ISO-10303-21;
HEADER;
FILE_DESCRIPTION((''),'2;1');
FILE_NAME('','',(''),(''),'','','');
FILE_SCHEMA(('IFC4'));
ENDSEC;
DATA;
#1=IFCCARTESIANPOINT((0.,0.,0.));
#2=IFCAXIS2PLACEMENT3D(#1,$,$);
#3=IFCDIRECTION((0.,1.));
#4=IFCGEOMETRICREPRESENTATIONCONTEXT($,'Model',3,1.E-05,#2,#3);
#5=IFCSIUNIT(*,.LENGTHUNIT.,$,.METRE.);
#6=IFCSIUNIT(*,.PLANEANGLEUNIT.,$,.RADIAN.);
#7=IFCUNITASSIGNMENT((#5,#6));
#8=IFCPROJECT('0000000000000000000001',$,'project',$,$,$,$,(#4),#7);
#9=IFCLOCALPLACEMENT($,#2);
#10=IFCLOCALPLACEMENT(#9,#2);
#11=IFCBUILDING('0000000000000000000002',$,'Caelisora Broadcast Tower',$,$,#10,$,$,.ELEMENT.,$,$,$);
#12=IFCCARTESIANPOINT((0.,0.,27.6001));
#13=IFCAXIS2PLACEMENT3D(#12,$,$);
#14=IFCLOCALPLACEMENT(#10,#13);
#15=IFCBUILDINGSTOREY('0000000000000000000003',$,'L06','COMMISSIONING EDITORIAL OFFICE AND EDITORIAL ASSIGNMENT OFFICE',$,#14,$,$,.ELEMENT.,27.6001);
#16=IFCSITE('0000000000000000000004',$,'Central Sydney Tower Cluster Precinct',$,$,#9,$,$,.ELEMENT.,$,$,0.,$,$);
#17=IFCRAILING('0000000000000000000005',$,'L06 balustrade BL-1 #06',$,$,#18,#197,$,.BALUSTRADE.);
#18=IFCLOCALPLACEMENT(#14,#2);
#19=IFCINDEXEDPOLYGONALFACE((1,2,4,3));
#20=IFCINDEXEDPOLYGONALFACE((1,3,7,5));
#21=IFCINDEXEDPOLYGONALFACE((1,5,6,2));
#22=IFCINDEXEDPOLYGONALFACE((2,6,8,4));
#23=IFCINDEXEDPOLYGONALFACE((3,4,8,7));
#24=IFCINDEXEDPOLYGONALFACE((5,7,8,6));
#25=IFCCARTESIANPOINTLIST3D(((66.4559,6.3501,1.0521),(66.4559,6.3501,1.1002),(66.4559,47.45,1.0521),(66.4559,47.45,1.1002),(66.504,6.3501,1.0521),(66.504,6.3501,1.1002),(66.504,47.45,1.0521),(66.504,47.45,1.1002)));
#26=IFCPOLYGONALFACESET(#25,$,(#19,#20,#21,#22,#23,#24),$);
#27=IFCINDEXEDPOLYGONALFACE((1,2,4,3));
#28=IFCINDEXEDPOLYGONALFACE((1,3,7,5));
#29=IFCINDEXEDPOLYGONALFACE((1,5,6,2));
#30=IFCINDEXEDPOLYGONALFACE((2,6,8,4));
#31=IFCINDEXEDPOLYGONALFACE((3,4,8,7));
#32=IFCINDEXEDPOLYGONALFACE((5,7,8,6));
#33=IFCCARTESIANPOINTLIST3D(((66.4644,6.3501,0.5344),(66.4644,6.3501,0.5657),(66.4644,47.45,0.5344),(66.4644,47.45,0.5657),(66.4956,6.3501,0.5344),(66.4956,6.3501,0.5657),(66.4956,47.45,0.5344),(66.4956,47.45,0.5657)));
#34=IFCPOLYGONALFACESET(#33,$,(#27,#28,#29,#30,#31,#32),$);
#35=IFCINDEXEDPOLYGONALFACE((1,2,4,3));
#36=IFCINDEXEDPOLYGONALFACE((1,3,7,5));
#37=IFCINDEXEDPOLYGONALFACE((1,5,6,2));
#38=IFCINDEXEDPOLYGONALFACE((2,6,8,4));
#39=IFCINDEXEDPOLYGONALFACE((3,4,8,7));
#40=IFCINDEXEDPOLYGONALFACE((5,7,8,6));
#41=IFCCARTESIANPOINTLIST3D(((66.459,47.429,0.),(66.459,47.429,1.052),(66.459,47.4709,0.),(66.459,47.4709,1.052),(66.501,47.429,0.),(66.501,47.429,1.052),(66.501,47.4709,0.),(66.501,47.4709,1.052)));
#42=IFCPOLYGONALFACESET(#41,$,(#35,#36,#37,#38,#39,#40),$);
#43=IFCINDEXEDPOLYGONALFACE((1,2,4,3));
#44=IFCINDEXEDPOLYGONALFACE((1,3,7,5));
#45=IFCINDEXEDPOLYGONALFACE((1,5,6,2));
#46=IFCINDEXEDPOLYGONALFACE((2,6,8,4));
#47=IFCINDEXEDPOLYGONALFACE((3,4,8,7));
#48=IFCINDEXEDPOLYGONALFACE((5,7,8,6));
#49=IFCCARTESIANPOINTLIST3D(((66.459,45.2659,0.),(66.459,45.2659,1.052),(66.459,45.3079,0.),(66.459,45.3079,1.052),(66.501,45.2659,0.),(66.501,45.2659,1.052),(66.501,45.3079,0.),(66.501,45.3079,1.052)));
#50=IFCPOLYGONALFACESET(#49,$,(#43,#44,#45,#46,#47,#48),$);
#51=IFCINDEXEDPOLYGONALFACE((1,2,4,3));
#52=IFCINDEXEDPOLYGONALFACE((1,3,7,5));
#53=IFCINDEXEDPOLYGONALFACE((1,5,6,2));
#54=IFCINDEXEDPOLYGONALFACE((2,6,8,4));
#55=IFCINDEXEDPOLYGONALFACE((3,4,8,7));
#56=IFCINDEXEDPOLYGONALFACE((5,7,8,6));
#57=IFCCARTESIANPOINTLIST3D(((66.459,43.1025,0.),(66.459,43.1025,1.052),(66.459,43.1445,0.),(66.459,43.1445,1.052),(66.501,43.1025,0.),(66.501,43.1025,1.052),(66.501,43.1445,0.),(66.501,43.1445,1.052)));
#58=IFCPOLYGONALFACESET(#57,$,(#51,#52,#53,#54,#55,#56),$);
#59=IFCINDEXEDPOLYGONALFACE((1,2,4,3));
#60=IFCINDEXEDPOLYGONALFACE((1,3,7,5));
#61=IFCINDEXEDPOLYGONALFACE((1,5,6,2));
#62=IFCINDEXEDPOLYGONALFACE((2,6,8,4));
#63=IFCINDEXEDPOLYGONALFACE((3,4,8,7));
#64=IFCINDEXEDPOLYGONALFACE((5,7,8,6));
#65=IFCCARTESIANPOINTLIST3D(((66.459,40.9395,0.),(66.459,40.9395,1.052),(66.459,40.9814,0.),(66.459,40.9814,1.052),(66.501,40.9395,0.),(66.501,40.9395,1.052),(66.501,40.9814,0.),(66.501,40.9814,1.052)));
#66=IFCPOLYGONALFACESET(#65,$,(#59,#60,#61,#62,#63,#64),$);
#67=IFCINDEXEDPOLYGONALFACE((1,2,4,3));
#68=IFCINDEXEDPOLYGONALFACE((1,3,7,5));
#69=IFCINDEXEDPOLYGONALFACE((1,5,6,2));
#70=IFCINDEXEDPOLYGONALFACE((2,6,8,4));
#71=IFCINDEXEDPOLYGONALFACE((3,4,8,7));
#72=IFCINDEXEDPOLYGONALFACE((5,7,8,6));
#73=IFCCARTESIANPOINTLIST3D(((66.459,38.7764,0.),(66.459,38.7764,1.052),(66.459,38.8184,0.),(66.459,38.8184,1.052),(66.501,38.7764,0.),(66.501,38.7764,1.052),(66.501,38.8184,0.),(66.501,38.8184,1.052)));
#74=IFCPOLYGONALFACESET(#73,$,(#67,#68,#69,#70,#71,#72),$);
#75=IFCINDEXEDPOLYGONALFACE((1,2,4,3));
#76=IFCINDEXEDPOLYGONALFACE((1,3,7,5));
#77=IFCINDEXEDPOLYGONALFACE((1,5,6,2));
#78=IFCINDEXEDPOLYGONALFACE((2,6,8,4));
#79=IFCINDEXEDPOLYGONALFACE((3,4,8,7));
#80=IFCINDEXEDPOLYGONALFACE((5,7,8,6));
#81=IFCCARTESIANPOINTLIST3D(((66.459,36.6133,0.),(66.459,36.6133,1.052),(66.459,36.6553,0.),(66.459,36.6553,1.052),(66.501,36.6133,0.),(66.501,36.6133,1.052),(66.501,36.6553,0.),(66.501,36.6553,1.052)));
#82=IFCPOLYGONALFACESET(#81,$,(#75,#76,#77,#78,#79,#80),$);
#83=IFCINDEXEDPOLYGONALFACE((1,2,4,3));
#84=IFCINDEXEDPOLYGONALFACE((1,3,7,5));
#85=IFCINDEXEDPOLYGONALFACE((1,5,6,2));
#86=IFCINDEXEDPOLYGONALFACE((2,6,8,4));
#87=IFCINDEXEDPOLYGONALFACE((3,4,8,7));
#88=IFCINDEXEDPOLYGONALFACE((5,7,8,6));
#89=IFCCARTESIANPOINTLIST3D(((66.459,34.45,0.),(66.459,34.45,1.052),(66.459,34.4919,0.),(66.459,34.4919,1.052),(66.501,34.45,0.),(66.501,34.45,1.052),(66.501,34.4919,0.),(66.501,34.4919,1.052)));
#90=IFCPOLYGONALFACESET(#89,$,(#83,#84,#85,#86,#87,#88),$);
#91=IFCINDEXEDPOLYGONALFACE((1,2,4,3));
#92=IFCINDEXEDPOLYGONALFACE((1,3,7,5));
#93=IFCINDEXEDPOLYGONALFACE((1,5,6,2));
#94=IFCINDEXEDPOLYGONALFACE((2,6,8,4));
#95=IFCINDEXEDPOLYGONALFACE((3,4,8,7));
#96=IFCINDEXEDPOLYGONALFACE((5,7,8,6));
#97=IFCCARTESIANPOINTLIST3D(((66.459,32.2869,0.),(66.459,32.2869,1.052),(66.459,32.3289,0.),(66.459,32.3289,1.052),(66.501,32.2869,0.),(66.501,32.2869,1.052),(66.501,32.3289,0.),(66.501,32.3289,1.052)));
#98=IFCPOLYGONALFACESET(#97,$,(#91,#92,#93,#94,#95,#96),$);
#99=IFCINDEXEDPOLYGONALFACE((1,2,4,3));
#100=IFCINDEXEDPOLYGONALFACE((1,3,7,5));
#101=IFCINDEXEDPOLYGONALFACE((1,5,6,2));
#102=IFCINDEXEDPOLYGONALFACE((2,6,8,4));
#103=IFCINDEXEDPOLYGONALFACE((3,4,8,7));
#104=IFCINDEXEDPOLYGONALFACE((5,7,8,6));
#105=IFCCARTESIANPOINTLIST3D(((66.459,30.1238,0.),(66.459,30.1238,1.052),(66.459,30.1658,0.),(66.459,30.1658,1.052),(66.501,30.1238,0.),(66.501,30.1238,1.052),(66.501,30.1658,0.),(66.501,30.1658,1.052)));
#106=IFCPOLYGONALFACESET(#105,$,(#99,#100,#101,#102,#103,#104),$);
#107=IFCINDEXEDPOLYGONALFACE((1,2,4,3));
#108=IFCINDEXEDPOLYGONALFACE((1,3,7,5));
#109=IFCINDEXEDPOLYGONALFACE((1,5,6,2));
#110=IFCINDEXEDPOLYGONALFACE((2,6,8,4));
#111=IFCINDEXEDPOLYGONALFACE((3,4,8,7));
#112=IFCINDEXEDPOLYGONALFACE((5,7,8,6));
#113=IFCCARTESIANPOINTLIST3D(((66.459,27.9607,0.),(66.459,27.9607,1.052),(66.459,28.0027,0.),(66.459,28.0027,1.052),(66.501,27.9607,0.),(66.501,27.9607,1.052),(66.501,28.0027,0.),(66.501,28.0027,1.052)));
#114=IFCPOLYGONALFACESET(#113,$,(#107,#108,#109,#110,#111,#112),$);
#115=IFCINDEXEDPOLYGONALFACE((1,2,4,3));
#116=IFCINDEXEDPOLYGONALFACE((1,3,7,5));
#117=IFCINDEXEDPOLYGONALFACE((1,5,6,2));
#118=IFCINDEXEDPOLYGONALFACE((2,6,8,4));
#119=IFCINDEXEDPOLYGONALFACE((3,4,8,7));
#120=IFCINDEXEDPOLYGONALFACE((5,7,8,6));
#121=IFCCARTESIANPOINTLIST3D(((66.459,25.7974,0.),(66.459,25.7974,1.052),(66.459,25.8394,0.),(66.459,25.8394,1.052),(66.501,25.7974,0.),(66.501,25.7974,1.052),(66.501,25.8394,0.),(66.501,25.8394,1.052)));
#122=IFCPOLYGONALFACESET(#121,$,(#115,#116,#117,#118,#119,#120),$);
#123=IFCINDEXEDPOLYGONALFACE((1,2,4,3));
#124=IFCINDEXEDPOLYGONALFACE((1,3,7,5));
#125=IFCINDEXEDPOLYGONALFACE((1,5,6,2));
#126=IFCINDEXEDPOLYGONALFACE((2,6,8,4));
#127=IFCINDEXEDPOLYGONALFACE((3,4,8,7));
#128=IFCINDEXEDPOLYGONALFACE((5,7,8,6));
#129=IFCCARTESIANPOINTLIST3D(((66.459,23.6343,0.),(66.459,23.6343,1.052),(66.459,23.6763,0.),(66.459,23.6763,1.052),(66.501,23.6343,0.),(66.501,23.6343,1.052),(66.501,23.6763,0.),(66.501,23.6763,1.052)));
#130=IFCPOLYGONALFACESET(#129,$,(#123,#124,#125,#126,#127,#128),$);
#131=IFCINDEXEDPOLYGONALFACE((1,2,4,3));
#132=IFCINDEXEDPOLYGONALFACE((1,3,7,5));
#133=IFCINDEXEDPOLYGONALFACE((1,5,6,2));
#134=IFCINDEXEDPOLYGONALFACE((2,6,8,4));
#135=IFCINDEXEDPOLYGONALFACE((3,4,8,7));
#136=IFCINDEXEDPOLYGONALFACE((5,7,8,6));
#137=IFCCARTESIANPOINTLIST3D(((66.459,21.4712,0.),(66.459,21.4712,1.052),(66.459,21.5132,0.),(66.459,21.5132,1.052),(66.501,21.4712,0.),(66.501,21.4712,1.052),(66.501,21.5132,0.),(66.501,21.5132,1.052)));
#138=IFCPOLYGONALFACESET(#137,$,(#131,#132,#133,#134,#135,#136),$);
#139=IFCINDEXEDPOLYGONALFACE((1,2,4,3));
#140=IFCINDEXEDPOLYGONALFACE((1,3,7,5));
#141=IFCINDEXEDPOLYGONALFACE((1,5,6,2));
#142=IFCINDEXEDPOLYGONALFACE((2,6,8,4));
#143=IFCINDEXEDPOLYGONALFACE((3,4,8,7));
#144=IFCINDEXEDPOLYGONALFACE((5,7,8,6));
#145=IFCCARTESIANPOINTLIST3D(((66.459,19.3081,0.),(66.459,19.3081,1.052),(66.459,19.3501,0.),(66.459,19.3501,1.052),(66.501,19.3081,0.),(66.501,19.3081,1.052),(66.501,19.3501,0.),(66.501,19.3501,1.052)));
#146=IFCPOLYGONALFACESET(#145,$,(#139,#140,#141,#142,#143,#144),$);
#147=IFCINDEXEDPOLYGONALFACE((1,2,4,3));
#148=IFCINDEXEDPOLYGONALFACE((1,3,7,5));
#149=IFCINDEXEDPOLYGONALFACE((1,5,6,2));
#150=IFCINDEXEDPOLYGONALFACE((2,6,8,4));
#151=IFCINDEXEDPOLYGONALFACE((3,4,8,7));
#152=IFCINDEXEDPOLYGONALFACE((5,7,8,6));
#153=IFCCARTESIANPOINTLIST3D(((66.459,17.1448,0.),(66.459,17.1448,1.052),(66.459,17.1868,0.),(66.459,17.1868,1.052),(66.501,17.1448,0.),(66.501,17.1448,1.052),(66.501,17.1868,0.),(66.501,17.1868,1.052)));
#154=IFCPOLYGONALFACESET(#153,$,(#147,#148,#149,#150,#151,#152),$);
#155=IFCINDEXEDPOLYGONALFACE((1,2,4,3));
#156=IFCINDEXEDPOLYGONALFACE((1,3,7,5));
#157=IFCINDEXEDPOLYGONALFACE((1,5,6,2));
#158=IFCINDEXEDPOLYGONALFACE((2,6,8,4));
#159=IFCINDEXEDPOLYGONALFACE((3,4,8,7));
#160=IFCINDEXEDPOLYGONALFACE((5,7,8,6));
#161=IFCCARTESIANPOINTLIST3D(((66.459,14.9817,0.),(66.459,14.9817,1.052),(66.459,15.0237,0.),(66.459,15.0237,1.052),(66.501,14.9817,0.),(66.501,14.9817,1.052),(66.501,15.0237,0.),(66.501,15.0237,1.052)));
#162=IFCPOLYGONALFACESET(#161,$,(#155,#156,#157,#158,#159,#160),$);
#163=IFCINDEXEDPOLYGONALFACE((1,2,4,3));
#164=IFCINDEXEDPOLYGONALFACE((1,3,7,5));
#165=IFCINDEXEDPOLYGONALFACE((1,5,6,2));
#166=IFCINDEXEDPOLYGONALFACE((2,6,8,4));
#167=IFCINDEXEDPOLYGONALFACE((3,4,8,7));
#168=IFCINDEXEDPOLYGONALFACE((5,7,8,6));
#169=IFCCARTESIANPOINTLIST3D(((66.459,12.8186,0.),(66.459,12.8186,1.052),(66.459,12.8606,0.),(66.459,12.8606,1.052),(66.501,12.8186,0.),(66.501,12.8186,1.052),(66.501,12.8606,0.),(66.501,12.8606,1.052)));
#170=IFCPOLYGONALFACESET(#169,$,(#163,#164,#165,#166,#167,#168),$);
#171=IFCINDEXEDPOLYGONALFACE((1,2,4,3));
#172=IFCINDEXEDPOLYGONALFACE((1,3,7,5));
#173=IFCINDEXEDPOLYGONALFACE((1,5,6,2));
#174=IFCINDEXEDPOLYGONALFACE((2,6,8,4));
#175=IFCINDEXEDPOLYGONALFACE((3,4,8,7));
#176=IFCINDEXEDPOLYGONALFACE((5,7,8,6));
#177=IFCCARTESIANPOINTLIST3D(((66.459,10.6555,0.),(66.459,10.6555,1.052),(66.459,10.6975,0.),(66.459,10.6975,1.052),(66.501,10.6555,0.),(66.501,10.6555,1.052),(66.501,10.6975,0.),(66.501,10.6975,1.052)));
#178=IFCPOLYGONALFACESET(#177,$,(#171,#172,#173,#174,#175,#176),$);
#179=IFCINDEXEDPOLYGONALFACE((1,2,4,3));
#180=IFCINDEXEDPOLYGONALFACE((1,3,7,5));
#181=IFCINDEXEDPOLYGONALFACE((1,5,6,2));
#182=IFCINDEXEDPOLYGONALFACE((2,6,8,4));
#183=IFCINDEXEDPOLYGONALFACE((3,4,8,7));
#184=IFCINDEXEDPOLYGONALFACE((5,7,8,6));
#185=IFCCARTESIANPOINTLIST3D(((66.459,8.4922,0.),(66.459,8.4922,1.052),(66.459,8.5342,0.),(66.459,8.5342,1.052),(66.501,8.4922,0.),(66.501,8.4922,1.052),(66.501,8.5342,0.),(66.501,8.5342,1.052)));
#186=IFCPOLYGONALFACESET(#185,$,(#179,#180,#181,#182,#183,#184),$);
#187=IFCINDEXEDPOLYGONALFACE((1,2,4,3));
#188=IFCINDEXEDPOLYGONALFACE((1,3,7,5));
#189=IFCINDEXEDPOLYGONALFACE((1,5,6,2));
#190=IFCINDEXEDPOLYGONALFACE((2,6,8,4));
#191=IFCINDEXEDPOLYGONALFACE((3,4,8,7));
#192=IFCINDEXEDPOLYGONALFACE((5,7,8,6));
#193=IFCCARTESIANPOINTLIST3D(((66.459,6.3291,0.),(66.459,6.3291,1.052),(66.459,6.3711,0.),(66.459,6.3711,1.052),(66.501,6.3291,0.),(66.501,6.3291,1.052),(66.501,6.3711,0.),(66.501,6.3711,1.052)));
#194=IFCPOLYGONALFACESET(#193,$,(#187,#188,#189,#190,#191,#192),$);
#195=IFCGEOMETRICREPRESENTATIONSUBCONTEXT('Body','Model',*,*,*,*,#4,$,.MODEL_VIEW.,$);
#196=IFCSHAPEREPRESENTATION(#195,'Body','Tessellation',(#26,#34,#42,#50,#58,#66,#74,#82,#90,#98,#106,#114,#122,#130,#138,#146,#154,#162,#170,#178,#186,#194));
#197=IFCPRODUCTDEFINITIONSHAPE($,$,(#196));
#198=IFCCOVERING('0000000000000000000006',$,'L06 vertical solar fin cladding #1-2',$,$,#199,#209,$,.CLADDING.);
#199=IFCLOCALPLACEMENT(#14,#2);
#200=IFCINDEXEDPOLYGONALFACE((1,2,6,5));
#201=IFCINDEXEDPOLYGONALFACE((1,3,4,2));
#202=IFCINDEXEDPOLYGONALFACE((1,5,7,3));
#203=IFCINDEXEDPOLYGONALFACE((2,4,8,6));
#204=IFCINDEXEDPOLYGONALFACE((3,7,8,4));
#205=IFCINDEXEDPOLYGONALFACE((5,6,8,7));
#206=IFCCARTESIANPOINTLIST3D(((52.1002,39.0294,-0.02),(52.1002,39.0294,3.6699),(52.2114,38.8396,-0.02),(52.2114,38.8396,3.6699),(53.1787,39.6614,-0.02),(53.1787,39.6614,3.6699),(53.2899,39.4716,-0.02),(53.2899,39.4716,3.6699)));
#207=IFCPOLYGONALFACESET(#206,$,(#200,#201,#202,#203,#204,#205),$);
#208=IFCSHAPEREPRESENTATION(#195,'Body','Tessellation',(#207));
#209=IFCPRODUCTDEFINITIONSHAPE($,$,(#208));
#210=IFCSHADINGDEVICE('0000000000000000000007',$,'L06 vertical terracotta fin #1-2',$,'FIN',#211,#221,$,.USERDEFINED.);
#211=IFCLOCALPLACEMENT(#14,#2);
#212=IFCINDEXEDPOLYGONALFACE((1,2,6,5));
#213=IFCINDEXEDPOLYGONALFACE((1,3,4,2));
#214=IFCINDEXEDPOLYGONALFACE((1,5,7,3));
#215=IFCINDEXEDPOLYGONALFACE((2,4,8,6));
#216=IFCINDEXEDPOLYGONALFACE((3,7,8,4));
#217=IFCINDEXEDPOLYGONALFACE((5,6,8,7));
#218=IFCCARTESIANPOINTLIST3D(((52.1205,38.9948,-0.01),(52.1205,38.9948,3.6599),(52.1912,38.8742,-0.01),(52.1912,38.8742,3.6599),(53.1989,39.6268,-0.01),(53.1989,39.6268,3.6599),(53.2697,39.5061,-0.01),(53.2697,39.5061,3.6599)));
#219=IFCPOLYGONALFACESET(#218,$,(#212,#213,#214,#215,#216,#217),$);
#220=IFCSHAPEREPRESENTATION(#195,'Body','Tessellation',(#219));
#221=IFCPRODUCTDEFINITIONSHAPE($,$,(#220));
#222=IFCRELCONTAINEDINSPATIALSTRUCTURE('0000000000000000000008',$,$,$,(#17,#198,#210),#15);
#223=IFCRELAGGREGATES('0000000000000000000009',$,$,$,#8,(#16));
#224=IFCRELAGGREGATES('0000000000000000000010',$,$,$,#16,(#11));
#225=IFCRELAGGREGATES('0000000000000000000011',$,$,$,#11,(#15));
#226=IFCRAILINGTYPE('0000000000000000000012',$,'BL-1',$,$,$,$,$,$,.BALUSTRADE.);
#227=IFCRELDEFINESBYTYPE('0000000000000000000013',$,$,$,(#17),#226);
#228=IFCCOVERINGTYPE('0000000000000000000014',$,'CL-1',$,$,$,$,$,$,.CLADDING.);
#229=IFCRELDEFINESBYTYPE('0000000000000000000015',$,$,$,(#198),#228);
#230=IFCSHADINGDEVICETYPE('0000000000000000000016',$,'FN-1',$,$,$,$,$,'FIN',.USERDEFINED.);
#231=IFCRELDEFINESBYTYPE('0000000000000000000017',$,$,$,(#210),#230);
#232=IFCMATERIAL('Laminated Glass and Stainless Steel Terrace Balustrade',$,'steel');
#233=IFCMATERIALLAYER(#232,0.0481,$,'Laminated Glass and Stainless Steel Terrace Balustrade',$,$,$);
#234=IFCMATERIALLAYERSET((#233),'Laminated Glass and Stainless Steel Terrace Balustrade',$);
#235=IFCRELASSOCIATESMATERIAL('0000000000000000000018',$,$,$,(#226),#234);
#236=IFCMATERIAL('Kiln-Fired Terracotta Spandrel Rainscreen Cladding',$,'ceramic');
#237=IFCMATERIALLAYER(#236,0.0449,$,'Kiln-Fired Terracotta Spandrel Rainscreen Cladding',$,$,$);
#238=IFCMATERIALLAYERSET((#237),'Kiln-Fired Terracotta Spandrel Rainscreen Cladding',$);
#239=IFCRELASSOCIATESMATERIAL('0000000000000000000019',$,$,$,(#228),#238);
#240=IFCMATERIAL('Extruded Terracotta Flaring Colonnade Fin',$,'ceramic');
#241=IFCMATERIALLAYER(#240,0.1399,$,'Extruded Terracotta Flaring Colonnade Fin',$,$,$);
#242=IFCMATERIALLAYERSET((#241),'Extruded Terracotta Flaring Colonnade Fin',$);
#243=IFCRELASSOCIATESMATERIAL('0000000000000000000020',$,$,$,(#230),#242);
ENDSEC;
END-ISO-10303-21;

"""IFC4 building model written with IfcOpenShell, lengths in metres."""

from ifc_helpers import new_model, si_unit, direction, frame, origin, origin_2d, place, context, subcontext, project, spatial, rectangle, extrude, source, transform, mapped, material, layer, layer_set, type_object, type_shapes, element, save


model = new_model("IFC4")

# Units and contexts
model_context = context("Model", 3, precision=1e-05, world=origin(), true_north=direction((0.0, 1.0)))
body_context = subcontext(model_context, "Body", "Model", "MODEL_VIEW")
ifc_project = project(units=[si_unit("LENGTHUNIT", "METRE"), si_unit("PLANEANGLEUNIT", "RADIAN")], contexts=[model_context])

# Site, building, storey
site_placement = place(None, origin())
site = spatial("IfcSite", under=ifc_project, at=site_placement, Name="Central Sydney Tower Cluster Precinct", CompositionType="ELEMENT", RefElevation=0.0)
building_placement = place(site_placement, origin())
building = spatial("IfcBuilding", under=site, at=building_placement, Name="Caelisora Broadcast Tower", CompositionType="ELEMENT")
storey_placement = place(building_placement, frame((0.0, 0.0, 27.6001)))
storey = spatial("IfcBuildingStorey", under=building, at=storey_placement, Name="L06", Description="COMMISSIONING EDITORIAL OFFICE AND EDITORIAL ASSIGNMENT OFFICE", CompositionType="ELEMENT", Elevation=27.6001)

# Railing
ifc_material_1 = material(Name="Laminated Glass and Stainless Steel Terrace Balustrade", Category="steel")
ifc_layer_1 = layer(ifc_material_1, 0.0481, Name="Laminated Glass and Stainless Steel Terrace Balustrade")
ifc_layer_set_1 = layer_set([ifc_layer_1], Name="Laminated Glass and Stainless Steel Terrace Balustrade")
railing_type = type_object("IfcRailingType", Name="BL-1", PredefinedType="BALUSTRADE", material=ifc_layer_set_1)
railing_1_placement = place(storey_placement, frame((66.48, 47.45, 0.0)))
element("IfcRailing", 1, at=railing_1_placement, inside=storey, type_object=railing_type, Name="L06 balustrade BL-1 #06", PredefinedType="BALUSTRADE", context=body_context, shape_type="SweptSolid", body=[
    extrude(rectangle(XDim=0.0481, YDim=0.0481, at=origin_2d()), frame((0.0, 0.0, 1.0762), z_axis=(0.0, -1.0, 0.0), x_axis=(1.0, 0.0, 0.0)), (0.0, 0.0, 1.0), 41.0999),
    extrude(rectangle(XDim=0.0312, YDim=0.0312, at=origin_2d()), frame((0.0, 0.0, 0.55), z_axis=(0.0, -1.0, 0.0), x_axis=(1.0, 0.0, 0.0)), (0.0, 0.0, 1.0), 41.0999),
    extrude(rectangle(XDim=0.042, YDim=0.042, at=origin_2d()), origin(), (0.0, 0.0, 1.0), 1.052),
    extrude(rectangle(XDim=0.042, YDim=0.042, at=origin_2d()), frame((0.0, -2.1631, 0.0)), (0.0, 0.0, 1.0), 1.052),
    extrude(rectangle(XDim=0.042, YDim=0.042, at=origin_2d()), frame((0.0, -4.3264, 0.0)), (0.0, 0.0, 1.0), 1.052),
    extrude(rectangle(XDim=0.042, YDim=0.042, at=origin_2d()), frame((0.0, -6.4895, 0.0)), (0.0, 0.0, 1.0), 1.052),
    extrude(rectangle(XDim=0.042, YDim=0.042, at=origin_2d()), frame((0.0, -8.6526, 0.0)), (0.0, 0.0, 1.0), 1.052),
    extrude(rectangle(XDim=0.042, YDim=0.042, at=origin_2d()), frame((0.0, -10.8157, 0.0)), (0.0, 0.0, 1.0), 1.052),
    extrude(rectangle(XDim=0.042, YDim=0.042, at=origin_2d()), frame((0.0, -12.979, 0.0)), (0.0, 0.0, 1.0), 1.052),
    extrude(rectangle(XDim=0.042, YDim=0.042, at=origin_2d()), frame((0.0, -15.1421, 0.0)), (0.0, 0.0, 1.0), 1.052),
    extrude(rectangle(XDim=0.042, YDim=0.042, at=origin_2d()), frame((0.0, -17.3052, 0.0)), (0.0, 0.0, 1.0), 1.052),
    extrude(rectangle(XDim=0.042, YDim=0.042, at=origin_2d()), frame((0.0, -19.4683, 0.0)), (0.0, 0.0, 1.0), 1.052),
    extrude(rectangle(XDim=0.042, YDim=0.042, at=origin_2d()), frame((0.0, -21.6316, 0.0)), (0.0, 0.0, 1.0), 1.052),
    extrude(rectangle(XDim=0.042, YDim=0.042, at=origin_2d()), frame((0.0, -23.7947, 0.0)), (0.0, 0.0, 1.0), 1.052),
    extrude(rectangle(XDim=0.042, YDim=0.042, at=origin_2d()), frame((0.0, -25.9578, 0.0)), (0.0, 0.0, 1.0), 1.052),
    extrude(rectangle(XDim=0.042, YDim=0.042, at=origin_2d()), frame((0.0, -28.1208, 0.0)), (0.0, 0.0, 1.0), 1.052),
    extrude(rectangle(XDim=0.042, YDim=0.042, at=origin_2d()), frame((0.0, -30.2842, 0.0)), (0.0, 0.0, 1.0), 1.052),
    extrude(rectangle(XDim=0.042, YDim=0.042, at=origin_2d()), frame((0.0, -32.4473, 0.0)), (0.0, 0.0, 1.0), 1.052),
    extrude(rectangle(XDim=0.042, YDim=0.042, at=origin_2d()), frame((0.0, -34.6104, 0.0)), (0.0, 0.0, 1.0), 1.052),
    extrude(rectangle(XDim=0.042, YDim=0.042, at=origin_2d()), frame((0.0, -36.7734, 0.0)), (0.0, 0.0, 1.0), 1.052),
    extrude(rectangle(XDim=0.042, YDim=0.042, at=origin_2d()), frame((0.0, -38.9368, 0.0)), (0.0, 0.0, 1.0), 1.052),
    extrude(rectangle(XDim=0.042, YDim=0.042, at=origin_2d()), frame((0.0, -41.0999, 0.0)), (0.0, 0.0, 1.0), 1.052),
])

# Covering
ifc_material_2 = material(Name="Kiln-Fired Terracotta Spandrel Rainscreen Cladding", Category="ceramic")
ifc_layer_2 = layer(ifc_material_2, 0.0449, Name="Kiln-Fired Terracotta Spandrel Rainscreen Cladding")
ifc_layer_set_2 = layer_set([ifc_layer_2], Name="Kiln-Fired Terracotta Spandrel Rainscreen Cladding")
covering_type = type_object("IfcCoveringType", Name="CL-1", PredefinedType="CLADDING", material=ifc_layer_set_2)
shared_shape_1 = source(origin(), body_context, "Body", "SweptSolid", [
    extrude(rectangle(XDim=0.22, YDim=1.25, at=origin_2d()), origin(), (0.0, 0.0, 1.0), 3.6899),
])
covering_1_placement = place(storey_placement, frame((52.6951, 39.2505, -0.02), z_axis=(0.0, 0.0, 1.0), x_axis=(0.505582, -0.862779, 0.0)))
element("IfcCovering", 2, at=covering_1_placement, inside=storey, type_object=covering_type, Name="L06 vertical solar fin cladding #1-2", PredefinedType="CLADDING", context=body_context, shape_type="MappedRepresentation", body=[
    mapped(shared_shape_1, transform((0.0, 0.0, 0.0), scale=1.0)),
])

# Shading device
ifc_material_3 = material(Name="Extruded Terracotta Flaring Colonnade Fin", Category="ceramic")
ifc_layer_3 = layer(ifc_material_3, 0.1399, Name="Extruded Terracotta Flaring Colonnade Fin")
ifc_layer_set_3 = layer_set([ifc_layer_3], Name="Extruded Terracotta Flaring Colonnade Fin")
shading_device_type_1 = type_object("IfcShadingDeviceType", Name="FN-1", ElementType="FIN", PredefinedType="USERDEFINED", material=ifc_layer_set_3)
shared_shape_2 = source(origin(), body_context, "Body", "SweptSolid", [
    extrude(rectangle(XDim=0.1399, YDim=1.25, at=origin_2d()), origin(), (0.0, 0.0, 1.0), 3.6699),
])
type_shapes(shading_device_type_1, [shared_shape_2])
shading_device_1_placement = place(storey_placement, frame((52.6951, 39.2505, -0.01), z_axis=(0.0, 0.0, 1.0), x_axis=(0.505582, -0.862779, 0.0)))
element("IfcShadingDevice", 3, at=shading_device_1_placement, inside=storey, type_object=shading_device_type_1, Name="L06 vertical terracotta fin #1-2", ObjectType="FIN", PredefinedType="USERDEFINED", context=body_context, shape_type="MappedRepresentation", body=[
    mapped(shared_shape_2, transform((0.0, 0.0, 0.0), scale=1.0)),
])

save(model, "model.ifc")
